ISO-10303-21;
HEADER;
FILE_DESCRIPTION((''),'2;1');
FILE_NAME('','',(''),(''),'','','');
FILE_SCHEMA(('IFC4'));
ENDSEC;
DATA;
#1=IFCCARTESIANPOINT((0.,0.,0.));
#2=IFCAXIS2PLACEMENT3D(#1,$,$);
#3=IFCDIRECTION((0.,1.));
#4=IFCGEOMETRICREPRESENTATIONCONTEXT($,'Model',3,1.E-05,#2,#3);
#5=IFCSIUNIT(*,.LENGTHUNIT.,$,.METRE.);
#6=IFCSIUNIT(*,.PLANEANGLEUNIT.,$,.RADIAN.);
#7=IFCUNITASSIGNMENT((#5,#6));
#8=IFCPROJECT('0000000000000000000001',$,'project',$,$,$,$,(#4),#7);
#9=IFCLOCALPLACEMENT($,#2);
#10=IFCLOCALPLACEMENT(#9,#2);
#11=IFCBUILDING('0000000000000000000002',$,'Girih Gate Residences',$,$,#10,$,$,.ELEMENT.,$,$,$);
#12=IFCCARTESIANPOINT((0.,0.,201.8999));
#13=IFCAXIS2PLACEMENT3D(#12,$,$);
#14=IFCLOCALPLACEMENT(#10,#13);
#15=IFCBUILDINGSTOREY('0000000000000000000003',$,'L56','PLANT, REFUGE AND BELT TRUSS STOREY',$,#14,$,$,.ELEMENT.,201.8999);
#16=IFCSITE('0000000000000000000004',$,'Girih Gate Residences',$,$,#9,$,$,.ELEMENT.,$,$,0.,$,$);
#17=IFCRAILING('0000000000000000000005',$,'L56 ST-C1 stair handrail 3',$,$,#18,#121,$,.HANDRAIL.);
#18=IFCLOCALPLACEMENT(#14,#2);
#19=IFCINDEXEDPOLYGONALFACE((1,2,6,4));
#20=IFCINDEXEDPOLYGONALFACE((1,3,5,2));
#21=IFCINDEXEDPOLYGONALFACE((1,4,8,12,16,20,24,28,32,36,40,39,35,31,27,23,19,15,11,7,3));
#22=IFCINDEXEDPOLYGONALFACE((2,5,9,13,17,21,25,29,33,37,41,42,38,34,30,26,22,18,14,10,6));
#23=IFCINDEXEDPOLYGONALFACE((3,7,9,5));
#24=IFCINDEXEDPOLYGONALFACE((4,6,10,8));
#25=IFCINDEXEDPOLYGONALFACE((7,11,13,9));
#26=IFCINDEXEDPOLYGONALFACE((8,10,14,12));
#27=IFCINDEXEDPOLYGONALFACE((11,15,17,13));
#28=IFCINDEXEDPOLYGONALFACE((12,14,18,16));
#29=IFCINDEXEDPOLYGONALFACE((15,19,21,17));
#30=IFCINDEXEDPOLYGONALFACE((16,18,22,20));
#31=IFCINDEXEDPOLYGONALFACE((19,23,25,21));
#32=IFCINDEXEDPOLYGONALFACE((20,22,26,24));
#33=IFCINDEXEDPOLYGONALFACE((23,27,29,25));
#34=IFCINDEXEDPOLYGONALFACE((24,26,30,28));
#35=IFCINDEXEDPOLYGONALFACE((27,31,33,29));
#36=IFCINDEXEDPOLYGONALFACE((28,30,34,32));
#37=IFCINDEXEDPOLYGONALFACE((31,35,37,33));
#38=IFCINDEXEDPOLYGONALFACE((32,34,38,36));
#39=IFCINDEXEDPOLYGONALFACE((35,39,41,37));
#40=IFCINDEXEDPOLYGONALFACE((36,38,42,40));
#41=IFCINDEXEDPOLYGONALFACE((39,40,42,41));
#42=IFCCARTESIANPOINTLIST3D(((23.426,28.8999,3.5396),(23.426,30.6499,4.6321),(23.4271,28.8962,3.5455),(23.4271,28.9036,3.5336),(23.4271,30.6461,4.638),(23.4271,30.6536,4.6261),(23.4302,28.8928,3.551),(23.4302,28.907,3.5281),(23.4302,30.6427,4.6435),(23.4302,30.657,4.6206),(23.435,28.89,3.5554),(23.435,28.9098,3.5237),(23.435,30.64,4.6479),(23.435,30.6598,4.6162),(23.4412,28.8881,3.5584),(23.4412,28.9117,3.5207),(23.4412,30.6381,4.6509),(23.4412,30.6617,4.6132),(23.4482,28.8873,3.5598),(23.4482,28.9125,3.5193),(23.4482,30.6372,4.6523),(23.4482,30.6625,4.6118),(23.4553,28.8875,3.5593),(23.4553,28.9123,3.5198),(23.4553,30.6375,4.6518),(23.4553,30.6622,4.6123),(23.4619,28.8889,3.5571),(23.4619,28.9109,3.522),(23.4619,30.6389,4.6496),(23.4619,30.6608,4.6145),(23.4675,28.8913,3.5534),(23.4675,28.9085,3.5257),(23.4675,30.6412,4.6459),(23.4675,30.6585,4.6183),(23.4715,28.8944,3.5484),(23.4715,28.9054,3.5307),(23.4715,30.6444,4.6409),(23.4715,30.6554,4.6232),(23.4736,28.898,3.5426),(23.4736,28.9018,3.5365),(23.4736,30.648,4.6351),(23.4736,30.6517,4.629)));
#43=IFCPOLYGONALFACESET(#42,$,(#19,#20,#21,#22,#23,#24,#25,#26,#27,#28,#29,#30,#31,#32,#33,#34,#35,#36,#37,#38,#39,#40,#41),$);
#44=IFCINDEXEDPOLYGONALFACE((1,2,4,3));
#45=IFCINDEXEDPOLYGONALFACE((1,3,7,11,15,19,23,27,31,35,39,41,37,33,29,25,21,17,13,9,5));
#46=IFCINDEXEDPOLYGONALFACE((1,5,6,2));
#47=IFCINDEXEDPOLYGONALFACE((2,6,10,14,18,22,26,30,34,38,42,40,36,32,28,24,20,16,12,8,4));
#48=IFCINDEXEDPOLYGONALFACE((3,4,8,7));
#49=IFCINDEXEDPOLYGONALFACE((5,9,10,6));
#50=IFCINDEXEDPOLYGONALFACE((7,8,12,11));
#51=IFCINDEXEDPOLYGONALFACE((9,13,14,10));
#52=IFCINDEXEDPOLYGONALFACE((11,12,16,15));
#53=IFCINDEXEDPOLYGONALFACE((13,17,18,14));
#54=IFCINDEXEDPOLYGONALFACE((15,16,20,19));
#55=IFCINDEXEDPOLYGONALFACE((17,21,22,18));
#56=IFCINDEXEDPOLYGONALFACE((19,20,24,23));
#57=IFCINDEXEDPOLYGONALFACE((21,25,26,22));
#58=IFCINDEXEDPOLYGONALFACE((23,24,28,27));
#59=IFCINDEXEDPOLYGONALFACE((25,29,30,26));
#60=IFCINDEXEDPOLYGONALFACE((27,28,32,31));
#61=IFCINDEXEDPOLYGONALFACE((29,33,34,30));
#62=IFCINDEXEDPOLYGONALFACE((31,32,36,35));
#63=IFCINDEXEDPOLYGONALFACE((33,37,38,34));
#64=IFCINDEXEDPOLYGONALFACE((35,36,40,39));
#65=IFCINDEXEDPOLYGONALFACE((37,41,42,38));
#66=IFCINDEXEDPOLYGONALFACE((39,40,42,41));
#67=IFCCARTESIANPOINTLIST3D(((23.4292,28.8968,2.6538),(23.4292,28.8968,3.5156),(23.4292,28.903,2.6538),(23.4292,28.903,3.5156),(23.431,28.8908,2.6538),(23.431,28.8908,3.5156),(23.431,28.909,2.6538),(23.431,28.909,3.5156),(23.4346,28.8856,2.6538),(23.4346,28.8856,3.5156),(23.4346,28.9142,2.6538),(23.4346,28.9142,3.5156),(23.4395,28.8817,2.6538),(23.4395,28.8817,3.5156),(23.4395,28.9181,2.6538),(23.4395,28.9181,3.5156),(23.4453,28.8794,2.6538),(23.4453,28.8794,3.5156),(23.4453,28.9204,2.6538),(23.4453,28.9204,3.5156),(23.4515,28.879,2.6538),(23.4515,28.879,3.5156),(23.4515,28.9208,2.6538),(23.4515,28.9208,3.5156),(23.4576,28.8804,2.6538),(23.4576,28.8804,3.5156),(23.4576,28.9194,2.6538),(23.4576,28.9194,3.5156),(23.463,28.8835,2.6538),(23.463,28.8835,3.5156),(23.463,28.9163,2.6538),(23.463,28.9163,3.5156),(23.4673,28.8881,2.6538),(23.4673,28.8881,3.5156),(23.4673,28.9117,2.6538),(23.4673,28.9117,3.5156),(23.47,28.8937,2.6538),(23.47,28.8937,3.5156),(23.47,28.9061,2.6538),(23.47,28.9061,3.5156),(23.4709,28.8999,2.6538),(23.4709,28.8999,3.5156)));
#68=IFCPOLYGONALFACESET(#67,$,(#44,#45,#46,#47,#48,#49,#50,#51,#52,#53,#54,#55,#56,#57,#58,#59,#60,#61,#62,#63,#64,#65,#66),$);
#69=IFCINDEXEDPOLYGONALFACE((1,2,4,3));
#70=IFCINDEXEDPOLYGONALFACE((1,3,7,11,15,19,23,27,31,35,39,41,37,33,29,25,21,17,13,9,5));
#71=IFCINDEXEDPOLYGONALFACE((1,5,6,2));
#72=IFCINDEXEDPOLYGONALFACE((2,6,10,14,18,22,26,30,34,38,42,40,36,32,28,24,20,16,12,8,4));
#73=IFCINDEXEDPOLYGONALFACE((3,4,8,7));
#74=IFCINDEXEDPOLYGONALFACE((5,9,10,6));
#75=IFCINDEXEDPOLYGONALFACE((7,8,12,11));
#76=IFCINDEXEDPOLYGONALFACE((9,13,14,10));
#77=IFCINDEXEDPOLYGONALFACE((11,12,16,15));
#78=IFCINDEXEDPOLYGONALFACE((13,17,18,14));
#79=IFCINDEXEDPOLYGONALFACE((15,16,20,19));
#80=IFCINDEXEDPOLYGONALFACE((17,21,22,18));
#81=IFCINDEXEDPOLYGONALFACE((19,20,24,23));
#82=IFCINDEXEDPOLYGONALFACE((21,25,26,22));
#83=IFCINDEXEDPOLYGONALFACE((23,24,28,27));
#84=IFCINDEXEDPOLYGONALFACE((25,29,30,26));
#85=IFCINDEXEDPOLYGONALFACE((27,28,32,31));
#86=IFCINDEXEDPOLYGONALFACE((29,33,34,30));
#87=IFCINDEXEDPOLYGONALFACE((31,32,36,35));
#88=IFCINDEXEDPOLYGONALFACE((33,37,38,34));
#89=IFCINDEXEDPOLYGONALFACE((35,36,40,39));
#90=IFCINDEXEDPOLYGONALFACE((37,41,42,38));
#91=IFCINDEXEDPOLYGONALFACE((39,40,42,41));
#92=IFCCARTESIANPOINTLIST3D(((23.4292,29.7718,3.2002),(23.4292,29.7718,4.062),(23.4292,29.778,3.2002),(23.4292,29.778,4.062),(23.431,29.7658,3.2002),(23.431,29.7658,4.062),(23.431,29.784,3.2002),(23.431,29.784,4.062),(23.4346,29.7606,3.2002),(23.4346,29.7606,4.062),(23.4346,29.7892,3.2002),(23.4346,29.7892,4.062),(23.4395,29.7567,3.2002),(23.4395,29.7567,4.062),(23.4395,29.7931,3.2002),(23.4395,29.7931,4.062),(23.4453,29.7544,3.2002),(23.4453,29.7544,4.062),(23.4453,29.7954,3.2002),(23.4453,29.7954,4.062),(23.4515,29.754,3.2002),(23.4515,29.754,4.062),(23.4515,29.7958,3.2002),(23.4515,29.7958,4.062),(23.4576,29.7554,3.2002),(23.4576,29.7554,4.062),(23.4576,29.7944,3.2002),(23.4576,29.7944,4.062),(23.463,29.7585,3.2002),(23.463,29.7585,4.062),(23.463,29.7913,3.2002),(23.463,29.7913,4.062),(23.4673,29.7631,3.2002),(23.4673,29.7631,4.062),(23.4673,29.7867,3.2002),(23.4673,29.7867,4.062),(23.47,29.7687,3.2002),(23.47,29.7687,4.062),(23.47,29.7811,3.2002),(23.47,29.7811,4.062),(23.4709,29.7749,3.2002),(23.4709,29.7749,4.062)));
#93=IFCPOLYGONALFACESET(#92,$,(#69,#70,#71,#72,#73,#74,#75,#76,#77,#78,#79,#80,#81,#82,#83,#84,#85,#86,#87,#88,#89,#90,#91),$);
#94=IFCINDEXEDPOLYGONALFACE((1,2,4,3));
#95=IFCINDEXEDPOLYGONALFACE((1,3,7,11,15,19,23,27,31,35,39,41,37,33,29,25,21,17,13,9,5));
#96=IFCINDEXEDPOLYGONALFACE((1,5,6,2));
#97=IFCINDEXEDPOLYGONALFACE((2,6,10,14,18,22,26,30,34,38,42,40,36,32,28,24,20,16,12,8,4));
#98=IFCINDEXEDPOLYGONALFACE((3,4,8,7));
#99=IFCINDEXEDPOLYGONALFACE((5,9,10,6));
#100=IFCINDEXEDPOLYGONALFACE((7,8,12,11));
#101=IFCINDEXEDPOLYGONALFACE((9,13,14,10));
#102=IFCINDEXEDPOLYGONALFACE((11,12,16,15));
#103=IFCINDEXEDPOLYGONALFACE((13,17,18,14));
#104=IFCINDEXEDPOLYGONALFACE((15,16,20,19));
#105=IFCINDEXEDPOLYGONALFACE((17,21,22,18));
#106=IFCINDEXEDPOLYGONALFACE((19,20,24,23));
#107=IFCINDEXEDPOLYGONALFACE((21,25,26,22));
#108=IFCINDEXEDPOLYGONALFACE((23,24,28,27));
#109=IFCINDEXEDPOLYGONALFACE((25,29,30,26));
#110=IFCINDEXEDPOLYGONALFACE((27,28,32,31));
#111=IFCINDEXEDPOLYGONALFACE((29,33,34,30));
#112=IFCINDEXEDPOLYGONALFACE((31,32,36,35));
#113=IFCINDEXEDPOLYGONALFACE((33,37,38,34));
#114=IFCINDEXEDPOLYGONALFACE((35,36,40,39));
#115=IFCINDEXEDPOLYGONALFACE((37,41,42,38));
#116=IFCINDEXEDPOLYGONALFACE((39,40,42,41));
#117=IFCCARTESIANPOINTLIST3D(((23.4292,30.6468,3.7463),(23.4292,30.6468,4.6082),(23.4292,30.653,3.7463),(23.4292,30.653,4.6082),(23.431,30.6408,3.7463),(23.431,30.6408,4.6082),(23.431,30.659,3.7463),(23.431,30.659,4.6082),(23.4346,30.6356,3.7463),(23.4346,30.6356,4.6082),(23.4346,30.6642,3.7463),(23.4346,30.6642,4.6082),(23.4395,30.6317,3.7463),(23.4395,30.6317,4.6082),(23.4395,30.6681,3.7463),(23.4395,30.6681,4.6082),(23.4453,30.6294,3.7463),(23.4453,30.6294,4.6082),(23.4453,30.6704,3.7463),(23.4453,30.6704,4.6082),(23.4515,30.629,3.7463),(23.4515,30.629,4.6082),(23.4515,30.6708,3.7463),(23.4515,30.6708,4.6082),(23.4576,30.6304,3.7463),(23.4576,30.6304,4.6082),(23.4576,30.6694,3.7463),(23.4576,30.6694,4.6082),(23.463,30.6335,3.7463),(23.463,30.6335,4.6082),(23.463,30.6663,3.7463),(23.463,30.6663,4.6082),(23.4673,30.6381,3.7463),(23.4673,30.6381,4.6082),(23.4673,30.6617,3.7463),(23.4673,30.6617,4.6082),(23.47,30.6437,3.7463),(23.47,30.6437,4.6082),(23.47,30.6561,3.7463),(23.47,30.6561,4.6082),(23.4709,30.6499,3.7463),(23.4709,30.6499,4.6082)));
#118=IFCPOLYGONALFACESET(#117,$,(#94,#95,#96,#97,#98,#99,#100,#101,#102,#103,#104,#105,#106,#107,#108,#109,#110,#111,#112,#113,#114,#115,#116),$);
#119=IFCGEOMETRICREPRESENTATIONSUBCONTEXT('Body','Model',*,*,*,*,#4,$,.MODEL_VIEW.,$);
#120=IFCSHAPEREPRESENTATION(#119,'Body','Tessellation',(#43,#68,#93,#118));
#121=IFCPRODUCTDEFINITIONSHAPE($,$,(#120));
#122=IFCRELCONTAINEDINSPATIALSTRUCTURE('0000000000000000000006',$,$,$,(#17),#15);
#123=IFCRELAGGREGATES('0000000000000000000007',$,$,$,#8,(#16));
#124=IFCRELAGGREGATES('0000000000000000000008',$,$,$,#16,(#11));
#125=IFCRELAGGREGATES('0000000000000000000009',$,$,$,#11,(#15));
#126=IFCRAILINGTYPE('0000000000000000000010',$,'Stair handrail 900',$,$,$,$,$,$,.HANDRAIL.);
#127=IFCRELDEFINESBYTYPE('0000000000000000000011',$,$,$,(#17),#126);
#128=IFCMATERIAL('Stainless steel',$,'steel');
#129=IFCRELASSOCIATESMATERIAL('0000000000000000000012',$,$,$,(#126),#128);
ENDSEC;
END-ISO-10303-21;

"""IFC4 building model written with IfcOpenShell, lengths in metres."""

from ifc_helpers import new_model, si_unit, direction, frame, origin, origin_2d, place, context, subcontext, project, spatial, circle, extrude, material, type_object, element, save


model = new_model("IFC4")

# Units and contexts
model_context = context("Model", 3, precision=1e-05, world=origin(), true_north=direction((0.0, 1.0)))
body_context = subcontext(model_context, "Body", "Model", "MODEL_VIEW")
ifc_project = project(units=[si_unit("LENGTHUNIT", "METRE"), si_unit("PLANEANGLEUNIT", "RADIAN")], contexts=[model_context])

# Site, building, storey
site_placement = place(None, origin())
site = spatial("IfcSite", under=ifc_project, at=site_placement, Name="Girih Gate Residences", CompositionType="ELEMENT", RefElevation=0.0)
building_placement = place(site_placement, origin())
building = spatial("IfcBuilding", under=site, at=building_placement, Name="Girih Gate Residences", CompositionType="ELEMENT")
storey_placement = place(building_placement, frame((0.0, 0.0, 201.8999)))
storey = spatial("IfcBuildingStorey", under=building, at=storey_placement, Name="L56", Description="PLANT, REFUGE AND BELT TRUSS STOREY", CompositionType="ELEMENT", Elevation=201.8999)

# Railing
ifc_material_1 = material(Name="Stainless steel", Category="steel")
railing_type_1 = type_object("IfcRailingType", Name="Stair handrail 900", PredefinedType="HANDRAIL", material=ifc_material_1)
railing_1_placement = place(storey_placement, frame((23.45, 28.8999, 2.6538)))
element("IfcRailing", 1, at=railing_1_placement, inside=storey, type_object=railing_type_1, Name="L56 ST-C1 stair handrail 3", PredefinedType="HANDRAIL", context=body_context, shape_type="SweptSolid", body=[
    extrude(circle(Radius=0.0239, at=origin_2d()), frame((0.0, 0.0, 0.8857), z_axis=(0.0, 0.848264, 0.529573), x_axis=(-1.0, 0.0, 0.0)), (0.0, 0.0, 1.0), 2.063),
    extrude(circle(Radius=0.021, at=origin_2d()), origin(), (0.0, 0.0, 1.0), 0.8618),
    extrude(circle(Radius=0.021, at=origin_2d()), frame((0.0, 0.875, 0.5464)), (0.0, 0.0, 1.0), 0.8618),
    extrude(circle(Radius=0.021, at=origin_2d()), frame((0.0, 1.75, 1.0925)), (0.0, 0.0, 1.0), 0.8618),
])

save(model, "model.ifc")
